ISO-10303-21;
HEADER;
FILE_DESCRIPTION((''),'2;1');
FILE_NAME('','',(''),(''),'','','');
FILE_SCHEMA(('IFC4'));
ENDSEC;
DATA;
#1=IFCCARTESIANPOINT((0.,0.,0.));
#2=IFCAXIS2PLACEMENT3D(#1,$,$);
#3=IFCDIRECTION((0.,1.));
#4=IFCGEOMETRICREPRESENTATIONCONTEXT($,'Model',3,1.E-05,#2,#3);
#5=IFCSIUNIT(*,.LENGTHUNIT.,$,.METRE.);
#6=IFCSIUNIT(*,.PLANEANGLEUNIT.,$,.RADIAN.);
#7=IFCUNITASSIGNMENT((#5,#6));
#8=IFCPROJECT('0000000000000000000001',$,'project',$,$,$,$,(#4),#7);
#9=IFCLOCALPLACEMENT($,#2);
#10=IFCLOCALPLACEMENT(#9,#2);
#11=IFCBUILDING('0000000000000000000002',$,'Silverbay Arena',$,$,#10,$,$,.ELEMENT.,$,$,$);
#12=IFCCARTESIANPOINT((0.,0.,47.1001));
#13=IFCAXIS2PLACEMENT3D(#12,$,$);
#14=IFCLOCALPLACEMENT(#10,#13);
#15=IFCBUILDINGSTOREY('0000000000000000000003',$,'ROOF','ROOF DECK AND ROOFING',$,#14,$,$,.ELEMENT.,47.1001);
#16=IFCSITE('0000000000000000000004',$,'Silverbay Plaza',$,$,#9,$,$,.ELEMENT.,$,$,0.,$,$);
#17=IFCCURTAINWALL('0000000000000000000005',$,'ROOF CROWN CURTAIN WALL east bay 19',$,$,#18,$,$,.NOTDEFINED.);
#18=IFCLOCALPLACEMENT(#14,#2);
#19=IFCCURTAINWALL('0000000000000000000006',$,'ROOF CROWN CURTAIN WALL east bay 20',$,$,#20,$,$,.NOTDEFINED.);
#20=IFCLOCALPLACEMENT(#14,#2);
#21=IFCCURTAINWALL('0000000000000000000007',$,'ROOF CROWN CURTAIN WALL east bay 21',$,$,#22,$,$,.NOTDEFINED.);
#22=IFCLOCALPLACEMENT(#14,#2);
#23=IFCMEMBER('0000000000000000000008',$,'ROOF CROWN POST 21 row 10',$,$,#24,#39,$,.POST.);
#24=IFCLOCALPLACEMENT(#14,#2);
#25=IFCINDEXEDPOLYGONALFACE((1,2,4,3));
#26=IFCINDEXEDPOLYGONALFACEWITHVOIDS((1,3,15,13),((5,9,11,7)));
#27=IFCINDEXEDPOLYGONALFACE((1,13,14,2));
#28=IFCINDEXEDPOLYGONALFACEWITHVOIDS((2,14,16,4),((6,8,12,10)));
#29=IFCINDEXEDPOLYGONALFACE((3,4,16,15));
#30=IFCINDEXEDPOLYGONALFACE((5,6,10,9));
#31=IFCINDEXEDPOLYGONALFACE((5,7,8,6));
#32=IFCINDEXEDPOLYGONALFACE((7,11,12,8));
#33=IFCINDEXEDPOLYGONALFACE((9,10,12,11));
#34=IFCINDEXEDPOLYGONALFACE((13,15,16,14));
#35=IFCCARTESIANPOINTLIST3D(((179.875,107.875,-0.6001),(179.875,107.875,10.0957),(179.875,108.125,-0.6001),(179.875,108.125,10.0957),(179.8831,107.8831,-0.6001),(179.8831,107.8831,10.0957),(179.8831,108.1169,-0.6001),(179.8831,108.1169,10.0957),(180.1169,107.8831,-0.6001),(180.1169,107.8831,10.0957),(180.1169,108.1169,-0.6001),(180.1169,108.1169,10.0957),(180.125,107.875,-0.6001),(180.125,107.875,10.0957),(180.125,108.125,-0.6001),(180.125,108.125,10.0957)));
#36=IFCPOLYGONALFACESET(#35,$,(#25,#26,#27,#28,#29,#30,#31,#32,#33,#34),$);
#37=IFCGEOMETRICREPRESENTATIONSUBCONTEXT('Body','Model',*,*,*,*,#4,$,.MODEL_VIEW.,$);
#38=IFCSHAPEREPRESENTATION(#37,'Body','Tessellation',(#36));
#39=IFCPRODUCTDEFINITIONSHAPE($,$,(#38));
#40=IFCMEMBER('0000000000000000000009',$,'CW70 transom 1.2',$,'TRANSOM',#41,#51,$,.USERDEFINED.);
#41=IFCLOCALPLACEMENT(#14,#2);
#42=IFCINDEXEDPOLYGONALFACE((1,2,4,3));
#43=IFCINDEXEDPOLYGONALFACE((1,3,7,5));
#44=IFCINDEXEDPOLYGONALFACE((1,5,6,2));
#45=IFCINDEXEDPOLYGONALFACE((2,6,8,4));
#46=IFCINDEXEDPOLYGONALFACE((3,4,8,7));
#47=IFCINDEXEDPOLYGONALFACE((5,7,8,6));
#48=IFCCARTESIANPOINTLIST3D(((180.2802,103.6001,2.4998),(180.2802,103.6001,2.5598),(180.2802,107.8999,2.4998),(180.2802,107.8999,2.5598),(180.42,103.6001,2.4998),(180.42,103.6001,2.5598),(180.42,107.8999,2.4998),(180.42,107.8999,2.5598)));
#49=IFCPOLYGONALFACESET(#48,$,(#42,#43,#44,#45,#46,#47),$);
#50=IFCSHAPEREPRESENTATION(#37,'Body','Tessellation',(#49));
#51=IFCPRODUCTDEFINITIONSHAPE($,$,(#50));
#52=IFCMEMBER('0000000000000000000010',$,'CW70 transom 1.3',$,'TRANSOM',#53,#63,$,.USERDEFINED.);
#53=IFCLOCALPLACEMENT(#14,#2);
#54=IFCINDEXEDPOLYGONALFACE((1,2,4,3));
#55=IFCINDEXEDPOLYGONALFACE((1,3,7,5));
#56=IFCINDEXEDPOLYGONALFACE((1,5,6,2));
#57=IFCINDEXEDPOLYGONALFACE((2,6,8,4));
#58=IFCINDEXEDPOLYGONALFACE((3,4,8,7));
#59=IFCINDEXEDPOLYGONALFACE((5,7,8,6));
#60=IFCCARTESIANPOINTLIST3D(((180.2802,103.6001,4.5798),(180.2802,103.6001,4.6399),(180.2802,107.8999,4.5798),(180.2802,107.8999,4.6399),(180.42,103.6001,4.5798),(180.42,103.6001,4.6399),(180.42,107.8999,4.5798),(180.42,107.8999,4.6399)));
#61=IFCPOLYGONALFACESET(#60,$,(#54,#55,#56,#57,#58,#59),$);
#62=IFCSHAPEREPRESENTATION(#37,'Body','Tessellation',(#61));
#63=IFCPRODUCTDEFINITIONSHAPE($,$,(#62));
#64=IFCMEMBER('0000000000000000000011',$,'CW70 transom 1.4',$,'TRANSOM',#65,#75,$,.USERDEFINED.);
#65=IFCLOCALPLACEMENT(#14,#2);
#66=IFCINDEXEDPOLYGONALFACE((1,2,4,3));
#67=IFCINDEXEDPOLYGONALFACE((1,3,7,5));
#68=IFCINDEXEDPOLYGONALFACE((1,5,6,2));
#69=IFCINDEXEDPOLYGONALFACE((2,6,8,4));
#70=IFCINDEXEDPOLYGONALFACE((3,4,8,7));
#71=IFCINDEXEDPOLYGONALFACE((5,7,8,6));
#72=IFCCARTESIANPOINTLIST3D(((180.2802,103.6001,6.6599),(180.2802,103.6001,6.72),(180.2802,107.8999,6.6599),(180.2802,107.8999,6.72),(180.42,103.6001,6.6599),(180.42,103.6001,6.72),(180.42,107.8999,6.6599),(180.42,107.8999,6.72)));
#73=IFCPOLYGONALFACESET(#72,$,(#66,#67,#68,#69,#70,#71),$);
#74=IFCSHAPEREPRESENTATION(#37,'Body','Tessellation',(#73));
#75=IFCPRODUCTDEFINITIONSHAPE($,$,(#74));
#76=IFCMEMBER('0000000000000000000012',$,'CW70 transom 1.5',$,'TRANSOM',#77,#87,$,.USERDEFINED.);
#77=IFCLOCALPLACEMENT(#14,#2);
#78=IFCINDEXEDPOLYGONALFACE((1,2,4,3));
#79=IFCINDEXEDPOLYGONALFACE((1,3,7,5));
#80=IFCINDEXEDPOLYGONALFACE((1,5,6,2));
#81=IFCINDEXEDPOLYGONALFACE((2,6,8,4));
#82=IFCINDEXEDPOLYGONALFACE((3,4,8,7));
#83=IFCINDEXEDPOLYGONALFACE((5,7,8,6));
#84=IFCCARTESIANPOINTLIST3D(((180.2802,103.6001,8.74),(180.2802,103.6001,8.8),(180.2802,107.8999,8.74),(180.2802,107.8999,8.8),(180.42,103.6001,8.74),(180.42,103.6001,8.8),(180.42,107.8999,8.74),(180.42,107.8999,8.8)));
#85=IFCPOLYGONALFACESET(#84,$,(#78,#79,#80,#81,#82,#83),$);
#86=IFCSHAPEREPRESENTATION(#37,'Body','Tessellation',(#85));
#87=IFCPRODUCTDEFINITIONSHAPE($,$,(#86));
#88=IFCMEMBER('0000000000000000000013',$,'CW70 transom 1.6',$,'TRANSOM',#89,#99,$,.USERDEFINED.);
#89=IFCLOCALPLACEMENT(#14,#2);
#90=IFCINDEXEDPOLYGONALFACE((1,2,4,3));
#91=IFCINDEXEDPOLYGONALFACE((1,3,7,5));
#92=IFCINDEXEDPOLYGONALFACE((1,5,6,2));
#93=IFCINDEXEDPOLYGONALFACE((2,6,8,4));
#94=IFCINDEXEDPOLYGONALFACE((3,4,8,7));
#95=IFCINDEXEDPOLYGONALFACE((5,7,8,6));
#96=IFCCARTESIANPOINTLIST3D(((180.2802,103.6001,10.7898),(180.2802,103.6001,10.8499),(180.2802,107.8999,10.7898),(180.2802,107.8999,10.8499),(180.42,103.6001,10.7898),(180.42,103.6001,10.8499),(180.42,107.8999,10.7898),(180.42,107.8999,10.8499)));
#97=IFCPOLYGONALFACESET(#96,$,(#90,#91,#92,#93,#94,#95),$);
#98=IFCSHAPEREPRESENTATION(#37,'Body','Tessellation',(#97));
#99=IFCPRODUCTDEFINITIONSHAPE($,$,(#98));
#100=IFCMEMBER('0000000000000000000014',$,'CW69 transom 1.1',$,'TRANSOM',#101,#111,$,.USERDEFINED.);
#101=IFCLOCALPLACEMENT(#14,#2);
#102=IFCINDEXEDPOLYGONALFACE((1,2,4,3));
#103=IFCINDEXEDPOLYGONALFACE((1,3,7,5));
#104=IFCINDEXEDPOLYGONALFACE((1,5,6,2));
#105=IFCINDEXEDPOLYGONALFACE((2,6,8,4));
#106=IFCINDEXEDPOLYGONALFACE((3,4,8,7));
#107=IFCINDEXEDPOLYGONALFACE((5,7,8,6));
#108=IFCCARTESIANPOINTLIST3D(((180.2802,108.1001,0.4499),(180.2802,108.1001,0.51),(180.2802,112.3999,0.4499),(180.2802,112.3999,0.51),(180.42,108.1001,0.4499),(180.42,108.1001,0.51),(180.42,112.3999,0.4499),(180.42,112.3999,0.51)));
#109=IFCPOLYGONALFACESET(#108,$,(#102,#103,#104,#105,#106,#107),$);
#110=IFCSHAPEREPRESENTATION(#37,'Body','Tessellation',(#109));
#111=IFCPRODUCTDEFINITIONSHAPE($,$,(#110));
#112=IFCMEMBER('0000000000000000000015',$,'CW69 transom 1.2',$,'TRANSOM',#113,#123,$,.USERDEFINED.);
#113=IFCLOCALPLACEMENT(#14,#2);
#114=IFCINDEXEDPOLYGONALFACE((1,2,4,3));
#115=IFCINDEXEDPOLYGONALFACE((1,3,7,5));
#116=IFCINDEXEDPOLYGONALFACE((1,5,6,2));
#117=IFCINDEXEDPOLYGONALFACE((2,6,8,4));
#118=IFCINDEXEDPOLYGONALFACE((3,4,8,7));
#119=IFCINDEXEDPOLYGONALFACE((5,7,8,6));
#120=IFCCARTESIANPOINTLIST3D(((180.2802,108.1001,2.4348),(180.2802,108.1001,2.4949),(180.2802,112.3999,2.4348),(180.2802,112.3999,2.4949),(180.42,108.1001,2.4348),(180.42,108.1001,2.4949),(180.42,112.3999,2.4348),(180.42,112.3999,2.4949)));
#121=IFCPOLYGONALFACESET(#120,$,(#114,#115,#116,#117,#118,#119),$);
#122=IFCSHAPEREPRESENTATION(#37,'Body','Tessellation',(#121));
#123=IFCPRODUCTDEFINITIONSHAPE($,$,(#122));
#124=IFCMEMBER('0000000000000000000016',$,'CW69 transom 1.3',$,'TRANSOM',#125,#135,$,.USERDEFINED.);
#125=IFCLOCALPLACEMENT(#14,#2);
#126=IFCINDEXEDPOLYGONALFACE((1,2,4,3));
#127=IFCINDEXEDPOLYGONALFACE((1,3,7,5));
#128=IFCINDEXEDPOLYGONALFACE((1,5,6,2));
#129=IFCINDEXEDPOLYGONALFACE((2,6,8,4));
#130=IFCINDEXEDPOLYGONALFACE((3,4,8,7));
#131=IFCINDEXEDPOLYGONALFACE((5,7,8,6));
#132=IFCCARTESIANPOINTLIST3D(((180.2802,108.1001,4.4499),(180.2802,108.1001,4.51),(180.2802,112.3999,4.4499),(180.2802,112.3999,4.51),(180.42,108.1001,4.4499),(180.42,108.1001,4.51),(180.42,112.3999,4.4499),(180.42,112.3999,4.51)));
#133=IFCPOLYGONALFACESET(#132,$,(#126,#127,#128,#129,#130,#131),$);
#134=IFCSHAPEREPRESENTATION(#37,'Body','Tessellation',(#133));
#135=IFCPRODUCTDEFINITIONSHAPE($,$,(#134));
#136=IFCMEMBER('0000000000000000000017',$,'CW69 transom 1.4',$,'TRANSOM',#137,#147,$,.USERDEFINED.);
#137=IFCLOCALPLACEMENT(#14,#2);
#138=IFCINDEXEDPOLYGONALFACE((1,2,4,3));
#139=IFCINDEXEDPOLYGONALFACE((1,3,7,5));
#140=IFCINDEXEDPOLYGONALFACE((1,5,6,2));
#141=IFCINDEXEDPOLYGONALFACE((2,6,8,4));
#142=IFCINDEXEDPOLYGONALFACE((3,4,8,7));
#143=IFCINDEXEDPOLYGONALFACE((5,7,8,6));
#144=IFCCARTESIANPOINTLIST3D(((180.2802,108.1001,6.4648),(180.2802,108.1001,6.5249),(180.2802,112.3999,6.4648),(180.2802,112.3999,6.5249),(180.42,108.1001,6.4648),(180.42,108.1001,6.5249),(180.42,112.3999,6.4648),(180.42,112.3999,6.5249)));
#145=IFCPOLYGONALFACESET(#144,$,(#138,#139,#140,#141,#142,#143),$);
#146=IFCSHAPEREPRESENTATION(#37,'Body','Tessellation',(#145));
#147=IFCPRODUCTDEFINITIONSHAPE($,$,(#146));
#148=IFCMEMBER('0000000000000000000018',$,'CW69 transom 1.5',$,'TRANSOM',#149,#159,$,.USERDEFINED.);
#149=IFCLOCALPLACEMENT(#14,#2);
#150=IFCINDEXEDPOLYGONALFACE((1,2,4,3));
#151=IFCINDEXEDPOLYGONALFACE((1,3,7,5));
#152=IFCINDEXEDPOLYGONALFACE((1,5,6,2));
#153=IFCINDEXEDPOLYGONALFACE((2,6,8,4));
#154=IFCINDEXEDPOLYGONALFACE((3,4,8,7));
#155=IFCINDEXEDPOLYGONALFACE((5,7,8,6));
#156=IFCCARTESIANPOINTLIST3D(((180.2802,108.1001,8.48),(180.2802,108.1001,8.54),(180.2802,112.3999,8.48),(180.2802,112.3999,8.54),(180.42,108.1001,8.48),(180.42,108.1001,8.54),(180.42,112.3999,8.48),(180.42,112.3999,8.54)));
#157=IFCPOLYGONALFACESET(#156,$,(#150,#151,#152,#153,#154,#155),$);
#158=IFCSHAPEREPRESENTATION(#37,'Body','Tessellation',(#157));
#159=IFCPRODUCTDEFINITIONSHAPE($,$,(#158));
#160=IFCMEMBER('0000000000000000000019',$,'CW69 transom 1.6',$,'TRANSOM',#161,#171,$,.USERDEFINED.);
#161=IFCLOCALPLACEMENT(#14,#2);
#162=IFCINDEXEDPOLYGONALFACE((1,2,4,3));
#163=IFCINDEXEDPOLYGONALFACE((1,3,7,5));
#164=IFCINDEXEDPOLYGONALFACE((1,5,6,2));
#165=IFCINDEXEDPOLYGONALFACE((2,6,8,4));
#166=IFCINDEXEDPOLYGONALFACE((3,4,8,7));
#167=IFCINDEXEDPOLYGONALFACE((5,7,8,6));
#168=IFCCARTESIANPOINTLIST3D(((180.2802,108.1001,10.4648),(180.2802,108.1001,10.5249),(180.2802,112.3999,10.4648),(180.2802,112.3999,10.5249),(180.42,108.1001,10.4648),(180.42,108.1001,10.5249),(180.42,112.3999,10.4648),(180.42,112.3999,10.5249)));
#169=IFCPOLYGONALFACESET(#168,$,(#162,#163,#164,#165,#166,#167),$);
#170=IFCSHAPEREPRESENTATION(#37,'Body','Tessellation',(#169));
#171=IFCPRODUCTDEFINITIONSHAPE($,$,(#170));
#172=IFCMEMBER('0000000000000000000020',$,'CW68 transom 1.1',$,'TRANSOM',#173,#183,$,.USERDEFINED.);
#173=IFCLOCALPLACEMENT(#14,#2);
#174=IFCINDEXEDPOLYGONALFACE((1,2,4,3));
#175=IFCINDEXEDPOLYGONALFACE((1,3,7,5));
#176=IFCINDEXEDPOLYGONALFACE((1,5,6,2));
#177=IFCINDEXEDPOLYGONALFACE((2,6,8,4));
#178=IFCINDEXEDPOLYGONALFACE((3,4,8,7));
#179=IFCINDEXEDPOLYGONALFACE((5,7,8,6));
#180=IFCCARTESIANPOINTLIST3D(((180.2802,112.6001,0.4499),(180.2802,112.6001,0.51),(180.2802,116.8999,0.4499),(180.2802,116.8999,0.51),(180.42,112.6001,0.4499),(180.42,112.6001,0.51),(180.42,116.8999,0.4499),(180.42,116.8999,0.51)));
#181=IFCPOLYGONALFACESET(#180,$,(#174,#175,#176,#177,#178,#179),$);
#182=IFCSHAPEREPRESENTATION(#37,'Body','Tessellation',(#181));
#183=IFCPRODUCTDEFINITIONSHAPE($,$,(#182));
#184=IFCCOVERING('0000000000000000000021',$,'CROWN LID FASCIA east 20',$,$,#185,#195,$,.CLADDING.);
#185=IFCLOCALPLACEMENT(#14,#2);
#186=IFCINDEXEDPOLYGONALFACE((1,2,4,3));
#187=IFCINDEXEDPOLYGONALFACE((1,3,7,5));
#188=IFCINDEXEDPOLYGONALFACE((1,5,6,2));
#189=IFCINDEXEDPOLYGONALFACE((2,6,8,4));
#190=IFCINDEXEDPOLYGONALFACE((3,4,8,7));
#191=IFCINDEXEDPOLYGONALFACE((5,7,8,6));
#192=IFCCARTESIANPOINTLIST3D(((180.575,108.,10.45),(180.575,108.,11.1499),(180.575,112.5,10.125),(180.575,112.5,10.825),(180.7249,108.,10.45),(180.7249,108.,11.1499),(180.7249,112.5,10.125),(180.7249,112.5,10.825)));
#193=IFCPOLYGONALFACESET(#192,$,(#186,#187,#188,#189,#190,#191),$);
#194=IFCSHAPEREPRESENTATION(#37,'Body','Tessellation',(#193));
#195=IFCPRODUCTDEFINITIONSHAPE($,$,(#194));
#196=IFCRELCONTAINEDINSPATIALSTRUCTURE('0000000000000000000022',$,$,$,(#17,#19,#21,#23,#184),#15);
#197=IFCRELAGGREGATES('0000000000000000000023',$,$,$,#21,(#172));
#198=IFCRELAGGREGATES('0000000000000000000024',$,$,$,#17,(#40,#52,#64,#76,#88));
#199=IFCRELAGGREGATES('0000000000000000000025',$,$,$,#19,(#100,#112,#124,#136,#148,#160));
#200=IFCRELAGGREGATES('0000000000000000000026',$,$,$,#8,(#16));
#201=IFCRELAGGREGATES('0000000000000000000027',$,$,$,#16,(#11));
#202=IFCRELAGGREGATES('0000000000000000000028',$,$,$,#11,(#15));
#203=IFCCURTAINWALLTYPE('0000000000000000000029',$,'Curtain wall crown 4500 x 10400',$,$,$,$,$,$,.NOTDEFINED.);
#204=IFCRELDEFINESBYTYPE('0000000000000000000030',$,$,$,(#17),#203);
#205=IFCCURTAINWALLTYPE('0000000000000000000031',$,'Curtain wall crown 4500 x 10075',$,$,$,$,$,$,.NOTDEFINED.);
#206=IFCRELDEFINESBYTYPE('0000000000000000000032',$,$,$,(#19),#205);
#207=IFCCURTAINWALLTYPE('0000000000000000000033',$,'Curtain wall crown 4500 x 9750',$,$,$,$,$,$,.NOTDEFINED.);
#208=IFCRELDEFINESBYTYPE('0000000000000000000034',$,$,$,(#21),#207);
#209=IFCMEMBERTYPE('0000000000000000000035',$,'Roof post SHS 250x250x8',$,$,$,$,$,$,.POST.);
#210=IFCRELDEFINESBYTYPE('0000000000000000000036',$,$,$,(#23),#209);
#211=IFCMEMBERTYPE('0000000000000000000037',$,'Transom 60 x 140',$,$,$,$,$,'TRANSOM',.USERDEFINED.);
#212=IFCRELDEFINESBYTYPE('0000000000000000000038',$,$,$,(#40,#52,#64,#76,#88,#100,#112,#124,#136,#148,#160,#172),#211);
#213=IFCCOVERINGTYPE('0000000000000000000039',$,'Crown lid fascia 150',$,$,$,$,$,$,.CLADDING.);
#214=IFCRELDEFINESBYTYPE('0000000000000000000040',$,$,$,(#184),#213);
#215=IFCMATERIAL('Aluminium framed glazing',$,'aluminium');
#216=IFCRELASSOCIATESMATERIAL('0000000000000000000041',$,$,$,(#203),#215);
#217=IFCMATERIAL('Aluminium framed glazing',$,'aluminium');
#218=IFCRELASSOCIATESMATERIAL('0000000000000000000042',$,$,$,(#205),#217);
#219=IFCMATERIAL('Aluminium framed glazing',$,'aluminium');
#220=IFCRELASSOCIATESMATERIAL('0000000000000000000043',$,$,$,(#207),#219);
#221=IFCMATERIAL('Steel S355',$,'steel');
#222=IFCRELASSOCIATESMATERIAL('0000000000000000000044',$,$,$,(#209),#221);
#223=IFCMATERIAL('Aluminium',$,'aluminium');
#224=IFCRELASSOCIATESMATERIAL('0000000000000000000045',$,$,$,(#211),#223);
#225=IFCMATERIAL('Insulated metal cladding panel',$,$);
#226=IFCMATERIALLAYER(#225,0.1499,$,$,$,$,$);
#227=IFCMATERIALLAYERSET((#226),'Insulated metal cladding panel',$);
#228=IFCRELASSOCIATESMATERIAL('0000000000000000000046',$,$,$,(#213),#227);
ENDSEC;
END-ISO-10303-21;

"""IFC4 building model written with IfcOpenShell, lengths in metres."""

from ifc_helpers import new_model, si_unit, direction, frame, origin, origin_2d, place, context, subcontext, project, spatial, polyline, rectangle, hollow_rectangle, outline, extrude, material, layer, layer_set, material_profile, profile_set, type_object, element, aggregate, save


model = new_model("IFC4")

# Units and contexts
model_context = context("Model", 3, precision=1e-05, world=origin(), true_north=direction((0.0, 1.0)))
body_context = subcontext(model_context, "Body", "Model", "MODEL_VIEW")
ifc_project = project(units=[si_unit("LENGTHUNIT", "METRE"), si_unit("PLANEANGLEUNIT", "RADIAN")], contexts=[model_context])

# Site, building, storey
site_placement = place(None, origin())
site = spatial("IfcSite", under=ifc_project, at=site_placement, Name="Silverbay Plaza", CompositionType="ELEMENT", RefElevation=0.0)
building_placement = place(site_placement, origin())
building = spatial("IfcBuilding", under=site, at=building_placement, Name="Silverbay Arena", CompositionType="ELEMENT")
storey_placement = place(building_placement, frame((0.0, 0.0, 47.1001)))
storey = spatial("IfcBuildingStorey", under=building, at=storey_placement, Name="ROOF", Description="ROOF DECK AND ROOFING", CompositionType="ELEMENT", Elevation=47.1001)

# Curtain wall
ifc_material_1 = material(Name="Aluminium framed glazing", Category="aluminium")
curtain_wall_type_1 = type_object("IfcCurtainWallType", Name="Curtain wall crown 4500 x 10400", PredefinedType="NOTDEFINED", material=ifc_material_1)
curtain_wall_1_placement = place(storey_placement, origin())
curtain_wall_1 = element("IfcCurtainWall", 1, at=curtain_wall_1_placement, inside=storey, type_object=curtain_wall_type_1, Name="ROOF CROWN CURTAIN WALL east bay 19", PredefinedType="NOTDEFINED")
placement = place(building_placement, frame((0.0, 0.0, 33.5)))

# Curtain wall
ifc_material_2 = material(Name="Aluminium framed glazing", Category="aluminium")
curtain_wall_type_2 = type_object("IfcCurtainWallType", Name="Curtain wall crown 4500 x 10075", PredefinedType="NOTDEFINED", material=ifc_material_2)
curtain_wall_2_placement = place(storey_placement, origin())
curtain_wall_2 = element("IfcCurtainWall", 2, at=curtain_wall_2_placement, inside=storey, type_object=curtain_wall_type_2, Name="ROOF CROWN CURTAIN WALL east bay 20", PredefinedType="NOTDEFINED")

# Curtain wall
ifc_material_3 = material(Name="Aluminium framed glazing", Category="aluminium")
curtain_wall_type_3 = type_object("IfcCurtainWallType", Name="Curtain wall crown 4500 x 9750", PredefinedType="NOTDEFINED", material=ifc_material_3)
curtain_wall_3_placement = place(storey_placement, origin())
curtain_wall_3 = element("IfcCurtainWall", 3, at=curtain_wall_3_placement, inside=storey, type_object=curtain_wall_type_3, Name="ROOF CROWN CURTAIN WALL east bay 21", PredefinedType="NOTDEFINED")

# Member
ifc_material_4 = material(Name="Steel S355", Category="steel")
ifc_material_profile_1 = material_profile(ifc_material_4, hollow_rectangle(XDim=0.25, YDim=0.25, WallThickness=0.0081, at=origin_2d()), Name="SHS 250x250x8")
ifc_profile_set_1 = profile_set([ifc_material_profile_1], Name="Steel S355")
member_type_1 = type_object("IfcMemberType", Name="Roof post SHS 250x250x8", PredefinedType="POST", material=ifc_profile_set_1)
member_1_placement = place(storey_placement, frame((180.0, 108.0, -0.6001), z_axis=(0.0, 0.0, 1.0), x_axis=(1.0, 0.0, 0.0)))
element("IfcMember", 4, at=member_1_placement, inside=storey, type_object=member_type_1, Name="ROOF CROWN POST 21 row 10", PredefinedType="POST", context=body_context, shape_type="SweptSolid", body=[
    extrude(hollow_rectangle(XDim=0.25, YDim=0.25, WallThickness=0.0081, at=origin_2d()), origin(), (0.0, 0.0, 1.0), 10.6958),
])

# Members
ifc_material_5 = material(Name="Aluminium", Category="aluminium")
ifc_material_profile_2 = material_profile(ifc_material_5, rectangle(XDim=0.1399, YDim=0.0601, at=origin_2d()), Name="Transom 60 x 140")
ifc_profile_set_2 = profile_set([ifc_material_profile_2], Name="Aluminium")
member_type_2 = type_object("IfcMemberType", Name="Transom 60 x 140", ElementType="TRANSOM", PredefinedType="USERDEFINED", material=ifc_profile_set_2)
member_2_placement = place(placement, frame((180.3501, 103.6001, 16.1299), z_axis=(0.0, 1.0, 0.0), x_axis=(-1.0, 0.0, 0.0)))
member_2 = element("IfcMember", 5, at=member_2_placement, type_object=member_type_2, Name="CW70 transom 1.2", ObjectType="TRANSOM", PredefinedType="USERDEFINED", context=body_context, shape_type="SweptSolid", body=[
    extrude(rectangle(XDim=0.1399, YDim=0.0601, at=origin_2d()), origin(), (0.0, 0.0, 1.0), 4.2998),
])
member_3_placement = place(placement, frame((180.3501, 103.6001, 18.21), z_axis=(0.0, 1.0, 0.0), x_axis=(-1.0, 0.0, 0.0)))
member_3 = element("IfcMember", 6, at=member_3_placement, type_object=member_type_2, Name="CW70 transom 1.3", ObjectType="TRANSOM", PredefinedType="USERDEFINED", context=body_context, shape_type="SweptSolid", body=[
    extrude(rectangle(XDim=0.1399, YDim=0.0601, at=origin_2d()), origin(), (0.0, 0.0, 1.0), 4.2998),
])
member_4_placement = place(placement, frame((180.3501, 103.6001, 20.29), z_axis=(0.0, 1.0, 0.0), x_axis=(-1.0, 0.0, 0.0)))
member_4 = element("IfcMember", 7, at=member_4_placement, type_object=member_type_2, Name="CW70 transom 1.4", ObjectType="TRANSOM", PredefinedType="USERDEFINED", context=body_context, shape_type="SweptSolid", body=[
    extrude(rectangle(XDim=0.1399, YDim=0.0601, at=origin_2d()), origin(), (0.0, 0.0, 1.0), 4.2998),
])
member_5_placement = place(placement, frame((180.3501, 103.6001, 22.3701), z_axis=(0.0, 1.0, 0.0), x_axis=(-1.0, 0.0, 0.0)))
member_5 = element("IfcMember", 8, at=member_5_placement, type_object=member_type_2, Name="CW70 transom 1.5", ObjectType="TRANSOM", PredefinedType="USERDEFINED", context=body_context, shape_type="SweptSolid", body=[
    extrude(rectangle(XDim=0.1399, YDim=0.0601, at=origin_2d()), origin(), (0.0, 0.0, 1.0), 4.2998),
])
member_6_placement = place(placement, frame((180.3501, 103.6001, 24.4199), z_axis=(0.0, 1.0, 0.0), x_axis=(-1.0, 0.0, 0.0)))
member_6 = element("IfcMember", 9, at=member_6_placement, type_object=member_type_2, Name="CW70 transom 1.6", ObjectType="TRANSOM", PredefinedType="USERDEFINED", context=body_context, shape_type="SweptSolid", body=[
    extrude(rectangle(XDim=0.1399, YDim=0.0601, at=origin_2d()), origin(), (0.0, 0.0, 1.0), 4.2998),
])
member_7_placement = place(placement, frame((180.3501, 108.1001, 14.0801), z_axis=(0.0, 1.0, 0.0), x_axis=(-1.0, 0.0, 0.0)))
member_7 = element("IfcMember", 10, at=member_7_placement, type_object=member_type_2, Name="CW69 transom 1.1", ObjectType="TRANSOM", PredefinedType="USERDEFINED", context=body_context, shape_type="SweptSolid", body=[
    extrude(rectangle(XDim=0.1399, YDim=0.0601, at=origin_2d()), origin(), (0.0, 0.0, 1.0), 4.2998),
])
member_8_placement = place(placement, frame((180.3501, 108.1001, 16.0649), z_axis=(0.0, 1.0, 0.0), x_axis=(-1.0, 0.0, 0.0)))
member_8 = element("IfcMember", 11, at=member_8_placement, type_object=member_type_2, Name="CW69 transom 1.2", ObjectType="TRANSOM", PredefinedType="USERDEFINED", context=body_context, shape_type="SweptSolid", body=[
    extrude(rectangle(XDim=0.1399, YDim=0.0601, at=origin_2d()), origin(), (0.0, 0.0, 1.0), 4.2998),
])
member_9_placement = place(placement, frame((180.3501, 108.1001, 18.0801), z_axis=(0.0, 1.0, 0.0), x_axis=(-1.0, 0.0, 0.0)))
member_9 = element("IfcMember", 12, at=member_9_placement, type_object=member_type_2, Name="CW69 transom 1.3", ObjectType="TRANSOM", PredefinedType="USERDEFINED", context=body_context, shape_type="SweptSolid", body=[
    extrude(rectangle(XDim=0.1399, YDim=0.0601, at=origin_2d()), origin(), (0.0, 0.0, 1.0), 4.2998),
])
member_10_placement = place(placement, frame((180.3501, 108.1001, 20.095), z_axis=(0.0, 1.0, 0.0), x_axis=(-1.0, 0.0, 0.0)))
member_10 = element("IfcMember", 13, at=member_10_placement, type_object=member_type_2, Name="CW69 transom 1.4", ObjectType="TRANSOM", PredefinedType="USERDEFINED", context=body_context, shape_type="SweptSolid", body=[
    extrude(rectangle(XDim=0.1399, YDim=0.0601, at=origin_2d()), origin(), (0.0, 0.0, 1.0), 4.2998),
])
member_11_placement = place(placement, frame((180.3501, 108.1001, 22.1101), z_axis=(0.0, 1.0, 0.0), x_axis=(-1.0, 0.0, 0.0)))
member_11 = element("IfcMember", 14, at=member_11_placement, type_object=member_type_2, Name="CW69 transom 1.5", ObjectType="TRANSOM", PredefinedType="USERDEFINED", context=body_context, shape_type="SweptSolid", body=[
    extrude(rectangle(XDim=0.1399, YDim=0.0601, at=origin_2d()), origin(), (0.0, 0.0, 1.0), 4.2998),
])
member_12_placement = place(placement, frame((180.3501, 108.1001, 24.095), z_axis=(0.0, 1.0, 0.0), x_axis=(-1.0, 0.0, 0.0)))
member_12 = element("IfcMember", 15, at=member_12_placement, type_object=member_type_2, Name="CW69 transom 1.6", ObjectType="TRANSOM", PredefinedType="USERDEFINED", context=body_context, shape_type="SweptSolid", body=[
    extrude(rectangle(XDim=0.1399, YDim=0.0601, at=origin_2d()), origin(), (0.0, 0.0, 1.0), 4.2998),
])
member_13_placement = place(placement, frame((180.3501, 112.6001, 14.0801), z_axis=(0.0, 1.0, 0.0), x_axis=(-1.0, 0.0, 0.0)))
member_13 = element("IfcMember", 16, at=member_13_placement, type_object=member_type_2, Name="CW68 transom 1.1", ObjectType="TRANSOM", PredefinedType="USERDEFINED", context=body_context, shape_type="SweptSolid", body=[
    extrude(rectangle(XDim=0.1399, YDim=0.0601, at=origin_2d()), origin(), (0.0, 0.0, 1.0), 4.2998),
])
aggregate(curtain_wall_3, [member_13])

aggregate(curtain_wall_1, [member_2, member_3, member_4, member_5, member_6])
aggregate(curtain_wall_2, [member_7, member_8, member_9, member_10, member_11, member_12])

# Covering
ifc_material_6 = material(Name="Insulated metal cladding panel")
ifc_layer_1 = layer(ifc_material_6, 0.1499)
ifc_layer_set_1 = layer_set([ifc_layer_1], Name="Insulated metal cladding panel")
covering_type = type_object("IfcCoveringType", Name="Crown lid fascia 150", PredefinedType="CLADDING", material=ifc_layer_set_1)
covering_1_placement = place(storey_placement, frame((180.575, 108.0, 11.1499), z_axis=(-1.0, 0.0, 0.0), x_axis=(0.0, 0.997403, -0.072024)))
element("IfcCovering", 17, at=covering_1_placement, inside=storey, type_object=covering_type, Name="CROWN LID FASCIA east 20", PredefinedType="CLADDING", context=body_context, shape_type="SweptSolid", body=[
    extrude(outline(polyline([(0.0, 0.0), (4.5117, 0.0), (4.5621, 0.6981), (0.0504, 0.6981), (0.0, 0.0)])), origin(), (0.0, 0.0, -1.0), 0.1499),
])

save(model, "model.ifc")
